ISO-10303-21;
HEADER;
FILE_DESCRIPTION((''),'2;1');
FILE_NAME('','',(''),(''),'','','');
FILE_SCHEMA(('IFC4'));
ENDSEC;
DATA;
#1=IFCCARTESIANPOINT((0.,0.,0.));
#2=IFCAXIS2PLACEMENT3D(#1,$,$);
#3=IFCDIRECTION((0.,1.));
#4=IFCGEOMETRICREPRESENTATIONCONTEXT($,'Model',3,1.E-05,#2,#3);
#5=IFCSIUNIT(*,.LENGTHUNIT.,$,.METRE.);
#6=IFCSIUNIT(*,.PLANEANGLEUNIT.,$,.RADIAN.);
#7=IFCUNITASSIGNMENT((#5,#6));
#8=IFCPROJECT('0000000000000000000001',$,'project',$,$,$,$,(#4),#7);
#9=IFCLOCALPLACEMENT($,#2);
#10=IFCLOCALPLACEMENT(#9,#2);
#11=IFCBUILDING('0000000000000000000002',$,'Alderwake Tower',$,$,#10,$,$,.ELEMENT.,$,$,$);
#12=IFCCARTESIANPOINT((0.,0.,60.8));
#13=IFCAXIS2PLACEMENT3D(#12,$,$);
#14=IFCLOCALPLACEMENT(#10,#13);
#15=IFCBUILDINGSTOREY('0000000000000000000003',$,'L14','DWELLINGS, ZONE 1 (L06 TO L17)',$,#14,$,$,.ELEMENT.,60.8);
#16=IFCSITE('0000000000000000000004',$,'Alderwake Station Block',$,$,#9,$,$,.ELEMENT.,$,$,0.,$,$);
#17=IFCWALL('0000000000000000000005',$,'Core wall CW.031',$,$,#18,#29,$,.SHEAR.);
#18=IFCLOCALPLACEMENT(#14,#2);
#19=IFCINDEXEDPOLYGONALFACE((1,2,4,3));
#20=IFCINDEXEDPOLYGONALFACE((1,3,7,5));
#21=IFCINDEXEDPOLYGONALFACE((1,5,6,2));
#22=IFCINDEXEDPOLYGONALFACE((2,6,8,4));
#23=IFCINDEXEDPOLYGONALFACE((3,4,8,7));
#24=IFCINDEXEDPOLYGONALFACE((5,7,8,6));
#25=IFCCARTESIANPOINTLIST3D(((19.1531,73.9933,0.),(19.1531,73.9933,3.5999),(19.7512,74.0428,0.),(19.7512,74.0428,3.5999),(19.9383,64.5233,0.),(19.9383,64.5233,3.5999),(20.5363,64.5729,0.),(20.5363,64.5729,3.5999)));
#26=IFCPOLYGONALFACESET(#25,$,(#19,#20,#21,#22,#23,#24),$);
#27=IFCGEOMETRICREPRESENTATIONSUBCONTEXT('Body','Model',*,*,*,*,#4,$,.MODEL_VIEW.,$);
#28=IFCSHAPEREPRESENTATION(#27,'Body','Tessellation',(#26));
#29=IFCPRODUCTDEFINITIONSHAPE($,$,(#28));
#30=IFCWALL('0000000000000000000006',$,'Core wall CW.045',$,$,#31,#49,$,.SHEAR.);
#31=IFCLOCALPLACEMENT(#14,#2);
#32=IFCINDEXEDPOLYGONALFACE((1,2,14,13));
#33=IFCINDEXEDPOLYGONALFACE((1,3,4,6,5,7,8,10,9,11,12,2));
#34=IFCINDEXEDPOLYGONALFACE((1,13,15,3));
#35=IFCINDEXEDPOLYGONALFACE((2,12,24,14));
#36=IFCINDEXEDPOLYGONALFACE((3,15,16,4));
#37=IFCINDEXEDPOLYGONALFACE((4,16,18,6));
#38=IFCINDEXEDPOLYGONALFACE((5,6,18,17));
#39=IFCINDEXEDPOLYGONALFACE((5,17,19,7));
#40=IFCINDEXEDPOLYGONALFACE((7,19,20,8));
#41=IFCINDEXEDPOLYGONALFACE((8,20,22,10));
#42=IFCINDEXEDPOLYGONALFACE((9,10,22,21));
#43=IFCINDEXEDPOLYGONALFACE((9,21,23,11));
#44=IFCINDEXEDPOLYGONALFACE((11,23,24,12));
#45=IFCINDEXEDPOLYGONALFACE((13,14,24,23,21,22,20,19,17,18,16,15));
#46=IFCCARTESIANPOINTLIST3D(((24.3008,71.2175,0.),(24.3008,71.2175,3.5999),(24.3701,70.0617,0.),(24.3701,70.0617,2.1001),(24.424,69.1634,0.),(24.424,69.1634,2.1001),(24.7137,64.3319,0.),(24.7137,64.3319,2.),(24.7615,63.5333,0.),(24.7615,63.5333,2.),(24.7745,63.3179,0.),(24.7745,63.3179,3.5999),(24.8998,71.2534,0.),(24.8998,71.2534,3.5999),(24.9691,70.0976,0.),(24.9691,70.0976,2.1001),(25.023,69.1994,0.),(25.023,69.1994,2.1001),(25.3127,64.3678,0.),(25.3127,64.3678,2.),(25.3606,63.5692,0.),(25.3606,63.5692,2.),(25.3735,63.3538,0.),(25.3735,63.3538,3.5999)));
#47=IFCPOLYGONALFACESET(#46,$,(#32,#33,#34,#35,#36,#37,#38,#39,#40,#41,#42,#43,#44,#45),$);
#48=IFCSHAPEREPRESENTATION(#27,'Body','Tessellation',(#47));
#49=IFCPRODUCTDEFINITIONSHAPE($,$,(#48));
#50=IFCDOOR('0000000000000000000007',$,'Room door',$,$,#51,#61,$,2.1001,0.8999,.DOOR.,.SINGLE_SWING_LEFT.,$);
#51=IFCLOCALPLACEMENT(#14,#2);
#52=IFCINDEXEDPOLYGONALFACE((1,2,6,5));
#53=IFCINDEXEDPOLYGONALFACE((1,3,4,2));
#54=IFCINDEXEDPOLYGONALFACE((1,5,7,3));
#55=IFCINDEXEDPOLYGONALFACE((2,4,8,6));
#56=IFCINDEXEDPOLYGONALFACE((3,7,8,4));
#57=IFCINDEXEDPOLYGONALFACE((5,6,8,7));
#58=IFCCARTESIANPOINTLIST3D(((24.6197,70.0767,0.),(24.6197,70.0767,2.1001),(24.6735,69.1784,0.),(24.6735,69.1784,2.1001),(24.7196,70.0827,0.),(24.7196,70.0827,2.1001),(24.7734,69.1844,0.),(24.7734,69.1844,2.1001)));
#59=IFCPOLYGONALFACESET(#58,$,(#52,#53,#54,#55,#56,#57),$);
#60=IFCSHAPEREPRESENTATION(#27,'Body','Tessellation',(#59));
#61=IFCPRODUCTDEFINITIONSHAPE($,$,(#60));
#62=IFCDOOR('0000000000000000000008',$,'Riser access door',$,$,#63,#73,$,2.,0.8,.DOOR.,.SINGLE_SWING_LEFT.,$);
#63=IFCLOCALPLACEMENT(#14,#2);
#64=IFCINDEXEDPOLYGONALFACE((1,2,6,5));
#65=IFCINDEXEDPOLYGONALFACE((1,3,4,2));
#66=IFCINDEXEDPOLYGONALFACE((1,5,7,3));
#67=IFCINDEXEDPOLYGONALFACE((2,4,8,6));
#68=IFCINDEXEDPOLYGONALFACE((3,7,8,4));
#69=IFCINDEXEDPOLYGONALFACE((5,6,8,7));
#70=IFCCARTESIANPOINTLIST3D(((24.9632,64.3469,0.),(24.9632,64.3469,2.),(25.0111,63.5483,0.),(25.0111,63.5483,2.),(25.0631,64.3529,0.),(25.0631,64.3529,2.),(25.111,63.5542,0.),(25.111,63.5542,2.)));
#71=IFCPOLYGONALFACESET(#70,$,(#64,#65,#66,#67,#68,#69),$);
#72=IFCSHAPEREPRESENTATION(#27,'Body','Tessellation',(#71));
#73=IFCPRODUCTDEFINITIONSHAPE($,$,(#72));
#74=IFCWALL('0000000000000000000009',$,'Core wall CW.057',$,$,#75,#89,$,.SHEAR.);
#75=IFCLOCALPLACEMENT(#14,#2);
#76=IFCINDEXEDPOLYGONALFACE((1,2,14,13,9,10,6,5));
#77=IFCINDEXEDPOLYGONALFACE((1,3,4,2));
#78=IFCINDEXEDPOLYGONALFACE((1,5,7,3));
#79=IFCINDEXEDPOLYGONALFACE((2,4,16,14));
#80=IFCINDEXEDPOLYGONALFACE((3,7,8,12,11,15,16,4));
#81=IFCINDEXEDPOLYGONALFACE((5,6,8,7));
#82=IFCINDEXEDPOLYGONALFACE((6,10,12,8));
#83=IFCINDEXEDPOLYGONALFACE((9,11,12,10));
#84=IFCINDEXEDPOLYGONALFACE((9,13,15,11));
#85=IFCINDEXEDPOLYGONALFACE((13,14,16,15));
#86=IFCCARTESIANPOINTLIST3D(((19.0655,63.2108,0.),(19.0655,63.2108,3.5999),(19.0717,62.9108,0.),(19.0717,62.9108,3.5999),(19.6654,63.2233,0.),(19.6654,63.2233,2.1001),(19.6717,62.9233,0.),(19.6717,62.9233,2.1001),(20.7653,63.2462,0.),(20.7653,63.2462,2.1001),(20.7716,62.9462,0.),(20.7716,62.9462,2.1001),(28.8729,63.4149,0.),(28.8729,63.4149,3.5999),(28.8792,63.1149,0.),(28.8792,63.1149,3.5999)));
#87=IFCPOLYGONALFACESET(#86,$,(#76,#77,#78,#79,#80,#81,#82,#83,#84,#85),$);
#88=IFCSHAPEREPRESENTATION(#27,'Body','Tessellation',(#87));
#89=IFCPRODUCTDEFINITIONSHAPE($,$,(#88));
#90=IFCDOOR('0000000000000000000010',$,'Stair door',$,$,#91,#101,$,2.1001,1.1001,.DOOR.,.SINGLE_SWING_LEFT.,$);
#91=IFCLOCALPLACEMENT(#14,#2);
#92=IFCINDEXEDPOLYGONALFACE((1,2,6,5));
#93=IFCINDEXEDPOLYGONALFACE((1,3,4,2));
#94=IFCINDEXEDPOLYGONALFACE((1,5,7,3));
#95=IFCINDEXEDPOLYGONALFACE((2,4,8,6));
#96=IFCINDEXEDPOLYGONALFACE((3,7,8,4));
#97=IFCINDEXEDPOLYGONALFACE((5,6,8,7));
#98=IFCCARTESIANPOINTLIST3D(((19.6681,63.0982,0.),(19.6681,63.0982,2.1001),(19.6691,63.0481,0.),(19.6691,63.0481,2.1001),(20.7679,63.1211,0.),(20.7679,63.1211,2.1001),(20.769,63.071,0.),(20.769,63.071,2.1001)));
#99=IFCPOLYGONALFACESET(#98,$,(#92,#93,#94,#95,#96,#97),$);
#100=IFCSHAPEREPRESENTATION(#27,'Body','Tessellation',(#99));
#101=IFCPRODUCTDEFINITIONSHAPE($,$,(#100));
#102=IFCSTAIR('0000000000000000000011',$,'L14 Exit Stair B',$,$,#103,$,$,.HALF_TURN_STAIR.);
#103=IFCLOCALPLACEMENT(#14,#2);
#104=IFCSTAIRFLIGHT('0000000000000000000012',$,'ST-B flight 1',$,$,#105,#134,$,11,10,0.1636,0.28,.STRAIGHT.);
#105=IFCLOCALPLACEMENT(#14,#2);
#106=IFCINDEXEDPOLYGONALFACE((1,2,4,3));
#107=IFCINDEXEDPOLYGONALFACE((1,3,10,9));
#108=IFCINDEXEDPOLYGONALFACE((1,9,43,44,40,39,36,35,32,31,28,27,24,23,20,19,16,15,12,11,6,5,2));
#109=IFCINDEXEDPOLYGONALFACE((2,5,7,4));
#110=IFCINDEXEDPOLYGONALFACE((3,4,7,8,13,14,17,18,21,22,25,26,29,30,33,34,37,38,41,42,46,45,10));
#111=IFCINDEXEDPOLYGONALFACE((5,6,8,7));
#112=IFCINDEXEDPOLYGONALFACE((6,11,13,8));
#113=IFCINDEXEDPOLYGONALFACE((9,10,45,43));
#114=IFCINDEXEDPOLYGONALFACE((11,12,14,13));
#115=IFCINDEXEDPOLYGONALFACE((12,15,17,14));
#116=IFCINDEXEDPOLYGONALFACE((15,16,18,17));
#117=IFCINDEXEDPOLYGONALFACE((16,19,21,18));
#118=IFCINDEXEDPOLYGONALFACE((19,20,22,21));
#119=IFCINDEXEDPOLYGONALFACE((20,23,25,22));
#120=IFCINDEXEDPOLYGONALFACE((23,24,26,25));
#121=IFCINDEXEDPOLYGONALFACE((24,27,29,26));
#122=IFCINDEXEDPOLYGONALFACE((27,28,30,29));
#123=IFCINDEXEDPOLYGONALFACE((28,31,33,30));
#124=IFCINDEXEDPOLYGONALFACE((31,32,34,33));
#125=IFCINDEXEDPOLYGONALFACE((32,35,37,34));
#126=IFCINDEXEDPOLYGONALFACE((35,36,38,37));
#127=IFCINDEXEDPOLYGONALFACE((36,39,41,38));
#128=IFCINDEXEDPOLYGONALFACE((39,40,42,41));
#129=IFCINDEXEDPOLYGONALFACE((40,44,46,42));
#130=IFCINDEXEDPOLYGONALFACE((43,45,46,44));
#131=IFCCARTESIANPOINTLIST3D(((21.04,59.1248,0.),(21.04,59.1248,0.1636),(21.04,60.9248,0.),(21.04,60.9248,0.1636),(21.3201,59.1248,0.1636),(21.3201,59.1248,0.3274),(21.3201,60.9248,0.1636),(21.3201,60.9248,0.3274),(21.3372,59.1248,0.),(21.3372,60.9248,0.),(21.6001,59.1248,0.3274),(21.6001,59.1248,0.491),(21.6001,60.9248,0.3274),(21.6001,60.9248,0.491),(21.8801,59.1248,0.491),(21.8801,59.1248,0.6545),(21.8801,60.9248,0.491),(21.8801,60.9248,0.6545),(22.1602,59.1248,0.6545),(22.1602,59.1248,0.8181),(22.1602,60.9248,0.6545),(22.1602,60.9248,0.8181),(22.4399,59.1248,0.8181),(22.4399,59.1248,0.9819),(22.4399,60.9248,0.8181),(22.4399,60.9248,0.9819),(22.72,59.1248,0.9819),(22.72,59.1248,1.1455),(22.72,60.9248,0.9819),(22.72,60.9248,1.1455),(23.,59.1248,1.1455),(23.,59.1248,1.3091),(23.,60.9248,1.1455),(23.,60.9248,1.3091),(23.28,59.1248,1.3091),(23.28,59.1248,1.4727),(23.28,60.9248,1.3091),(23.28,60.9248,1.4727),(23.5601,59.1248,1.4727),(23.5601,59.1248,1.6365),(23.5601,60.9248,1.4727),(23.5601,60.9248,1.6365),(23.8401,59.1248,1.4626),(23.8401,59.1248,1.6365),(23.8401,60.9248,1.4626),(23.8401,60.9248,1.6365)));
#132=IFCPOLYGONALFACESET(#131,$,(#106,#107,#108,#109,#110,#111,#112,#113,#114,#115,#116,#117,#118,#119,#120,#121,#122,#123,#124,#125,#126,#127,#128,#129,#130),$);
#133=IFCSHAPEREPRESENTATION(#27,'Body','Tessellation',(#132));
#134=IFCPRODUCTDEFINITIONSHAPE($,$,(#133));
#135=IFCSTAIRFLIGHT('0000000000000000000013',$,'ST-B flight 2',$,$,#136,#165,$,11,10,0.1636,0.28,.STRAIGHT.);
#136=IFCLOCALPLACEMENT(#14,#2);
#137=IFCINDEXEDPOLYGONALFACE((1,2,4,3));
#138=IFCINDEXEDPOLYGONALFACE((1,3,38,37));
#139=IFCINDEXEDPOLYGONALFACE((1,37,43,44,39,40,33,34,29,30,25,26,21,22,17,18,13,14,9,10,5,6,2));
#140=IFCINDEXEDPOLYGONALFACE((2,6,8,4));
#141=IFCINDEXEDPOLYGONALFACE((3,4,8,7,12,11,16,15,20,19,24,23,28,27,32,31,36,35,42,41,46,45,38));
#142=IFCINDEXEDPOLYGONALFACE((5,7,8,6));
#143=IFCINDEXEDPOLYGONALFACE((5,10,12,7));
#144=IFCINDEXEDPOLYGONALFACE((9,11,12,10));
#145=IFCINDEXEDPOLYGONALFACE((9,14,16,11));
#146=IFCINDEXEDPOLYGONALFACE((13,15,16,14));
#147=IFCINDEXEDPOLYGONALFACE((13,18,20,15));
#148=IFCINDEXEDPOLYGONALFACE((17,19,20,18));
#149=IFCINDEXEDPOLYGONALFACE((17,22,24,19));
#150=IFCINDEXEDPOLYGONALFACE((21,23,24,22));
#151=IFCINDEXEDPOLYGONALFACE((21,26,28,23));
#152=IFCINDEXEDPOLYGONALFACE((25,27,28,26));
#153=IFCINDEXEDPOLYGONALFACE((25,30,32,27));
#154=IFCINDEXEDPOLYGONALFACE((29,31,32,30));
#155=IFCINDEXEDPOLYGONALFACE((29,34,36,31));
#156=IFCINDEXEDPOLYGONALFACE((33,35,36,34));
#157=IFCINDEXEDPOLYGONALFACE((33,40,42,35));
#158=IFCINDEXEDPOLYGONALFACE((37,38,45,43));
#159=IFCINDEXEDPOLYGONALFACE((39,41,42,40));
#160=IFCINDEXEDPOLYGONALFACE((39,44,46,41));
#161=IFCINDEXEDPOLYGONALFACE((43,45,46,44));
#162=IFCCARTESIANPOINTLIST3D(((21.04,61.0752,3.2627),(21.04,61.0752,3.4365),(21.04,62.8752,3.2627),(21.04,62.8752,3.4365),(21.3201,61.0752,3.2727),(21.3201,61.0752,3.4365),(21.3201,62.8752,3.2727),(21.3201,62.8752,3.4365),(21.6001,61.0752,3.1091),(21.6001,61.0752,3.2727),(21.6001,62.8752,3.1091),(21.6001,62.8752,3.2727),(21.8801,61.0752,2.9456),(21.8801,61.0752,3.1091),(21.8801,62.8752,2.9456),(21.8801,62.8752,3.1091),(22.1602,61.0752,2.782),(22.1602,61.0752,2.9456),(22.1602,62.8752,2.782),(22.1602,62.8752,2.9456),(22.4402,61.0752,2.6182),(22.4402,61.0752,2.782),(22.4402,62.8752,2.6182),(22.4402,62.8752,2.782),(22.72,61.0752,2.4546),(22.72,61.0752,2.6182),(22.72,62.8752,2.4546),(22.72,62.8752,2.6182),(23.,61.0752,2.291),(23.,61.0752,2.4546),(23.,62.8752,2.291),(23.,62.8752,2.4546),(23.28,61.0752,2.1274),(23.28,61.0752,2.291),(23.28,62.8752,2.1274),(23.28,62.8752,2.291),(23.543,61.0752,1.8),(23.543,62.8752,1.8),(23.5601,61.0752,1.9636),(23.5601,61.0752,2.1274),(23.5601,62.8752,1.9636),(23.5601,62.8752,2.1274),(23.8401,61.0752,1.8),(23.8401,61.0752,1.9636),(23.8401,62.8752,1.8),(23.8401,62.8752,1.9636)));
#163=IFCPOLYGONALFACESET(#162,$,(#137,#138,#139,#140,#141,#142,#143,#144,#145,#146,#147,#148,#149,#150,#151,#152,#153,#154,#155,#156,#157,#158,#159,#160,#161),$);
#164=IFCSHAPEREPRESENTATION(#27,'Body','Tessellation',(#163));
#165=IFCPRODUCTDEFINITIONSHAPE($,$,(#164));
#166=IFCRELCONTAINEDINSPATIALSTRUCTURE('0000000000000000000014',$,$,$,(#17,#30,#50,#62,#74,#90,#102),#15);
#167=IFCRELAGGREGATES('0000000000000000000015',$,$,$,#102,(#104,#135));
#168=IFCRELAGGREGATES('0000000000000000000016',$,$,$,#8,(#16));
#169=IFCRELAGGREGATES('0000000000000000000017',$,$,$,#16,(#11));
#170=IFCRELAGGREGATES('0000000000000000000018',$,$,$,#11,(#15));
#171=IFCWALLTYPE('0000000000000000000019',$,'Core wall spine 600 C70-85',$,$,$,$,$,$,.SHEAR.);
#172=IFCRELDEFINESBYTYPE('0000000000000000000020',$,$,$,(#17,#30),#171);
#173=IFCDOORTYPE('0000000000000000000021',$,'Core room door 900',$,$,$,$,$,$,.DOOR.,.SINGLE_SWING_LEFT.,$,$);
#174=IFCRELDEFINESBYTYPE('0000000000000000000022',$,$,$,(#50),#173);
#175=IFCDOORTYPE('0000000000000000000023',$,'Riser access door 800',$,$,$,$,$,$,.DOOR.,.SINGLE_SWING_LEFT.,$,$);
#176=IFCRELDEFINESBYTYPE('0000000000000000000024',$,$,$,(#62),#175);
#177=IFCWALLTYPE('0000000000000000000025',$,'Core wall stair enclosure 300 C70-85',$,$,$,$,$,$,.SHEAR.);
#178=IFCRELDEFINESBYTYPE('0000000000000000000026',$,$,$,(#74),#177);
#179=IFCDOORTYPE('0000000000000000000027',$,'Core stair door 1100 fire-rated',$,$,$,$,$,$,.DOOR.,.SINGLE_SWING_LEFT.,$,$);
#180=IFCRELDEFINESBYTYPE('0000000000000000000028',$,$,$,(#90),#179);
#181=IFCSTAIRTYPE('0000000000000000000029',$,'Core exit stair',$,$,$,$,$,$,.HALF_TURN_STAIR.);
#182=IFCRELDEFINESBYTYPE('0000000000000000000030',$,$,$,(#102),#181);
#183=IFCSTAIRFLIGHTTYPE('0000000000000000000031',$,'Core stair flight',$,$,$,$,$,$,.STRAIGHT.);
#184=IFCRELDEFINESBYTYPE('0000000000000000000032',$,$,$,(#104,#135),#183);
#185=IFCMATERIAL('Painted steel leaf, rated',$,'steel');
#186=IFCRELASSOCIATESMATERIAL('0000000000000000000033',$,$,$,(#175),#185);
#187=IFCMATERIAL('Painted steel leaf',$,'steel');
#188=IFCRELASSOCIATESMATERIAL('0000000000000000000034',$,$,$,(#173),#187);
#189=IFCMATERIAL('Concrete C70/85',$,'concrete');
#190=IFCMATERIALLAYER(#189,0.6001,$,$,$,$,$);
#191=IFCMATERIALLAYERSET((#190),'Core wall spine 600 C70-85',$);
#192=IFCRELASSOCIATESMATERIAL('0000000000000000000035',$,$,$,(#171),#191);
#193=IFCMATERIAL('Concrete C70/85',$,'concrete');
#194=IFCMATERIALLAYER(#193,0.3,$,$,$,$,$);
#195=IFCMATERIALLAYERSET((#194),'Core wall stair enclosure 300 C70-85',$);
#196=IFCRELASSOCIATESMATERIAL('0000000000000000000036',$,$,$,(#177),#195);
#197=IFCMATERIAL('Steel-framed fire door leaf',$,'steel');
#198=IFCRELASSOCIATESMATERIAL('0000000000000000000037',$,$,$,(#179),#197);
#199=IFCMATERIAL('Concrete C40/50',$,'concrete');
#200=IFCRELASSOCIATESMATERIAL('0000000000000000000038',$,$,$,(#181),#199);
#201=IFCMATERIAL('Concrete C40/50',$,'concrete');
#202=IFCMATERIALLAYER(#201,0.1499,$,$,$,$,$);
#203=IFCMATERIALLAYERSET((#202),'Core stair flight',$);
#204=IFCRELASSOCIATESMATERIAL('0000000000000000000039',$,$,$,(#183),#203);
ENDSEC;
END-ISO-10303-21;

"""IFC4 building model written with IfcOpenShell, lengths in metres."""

from ifc_helpers import new_model, si_unit, direction, frame, frame_2d, origin, place, context, subcontext, project, spatial, polyline, rectangle, outline, extrude, material, layer, layer_set, type_object, element, fill, aggregate, save


model = new_model("IFC4")

# Units and contexts
model_context = context("Model", 3, precision=1e-05, world=origin(), true_north=direction((0.0, 1.0)))
body_context = subcontext(model_context, "Body", "Model", "MODEL_VIEW")
ifc_project = project(units=[si_unit("LENGTHUNIT", "METRE"), si_unit("PLANEANGLEUNIT", "RADIAN")], contexts=[model_context])

# Site, building, storey
site_placement = place(None, origin())
site = spatial("IfcSite", under=ifc_project, at=site_placement, Name="Alderwake Station Block", CompositionType="ELEMENT", RefElevation=0.0)
building_placement = place(site_placement, origin())
building = spatial("IfcBuilding", under=site, at=building_placement, Name="Alderwake Tower", CompositionType="ELEMENT")
storey_placement = place(building_placement, frame((0.0, 0.0, 60.8)))
storey = spatial("IfcBuildingStorey", under=building, at=storey_placement, Name="L14", Description="DWELLINGS, ZONE 1 (L06 TO L17)", CompositionType="ELEMENT", Elevation=60.8)

# Shared definitions
ifc_material_1 = material(Name="Painted steel leaf, rated", Category="steel")
door_type_1 = type_object("IfcDoorType", Name="Riser access door 800", OperationType="SINGLE_SWING_LEFT", PredefinedType="DOOR", material=ifc_material_1)

# Shared definitions
ifc_material_2 = material(Name="Painted steel leaf", Category="steel")
door_type_2 = type_object("IfcDoorType", Name="Core room door 900", OperationType="SINGLE_SWING_LEFT", PredefinedType="DOOR", material=ifc_material_2)

# Wall
ifc_material_3 = material(Name="Concrete C70/85", Category="concrete")
ifc_layer_1 = layer(ifc_material_3, 0.6001)
ifc_layer_set_1 = layer_set([ifc_layer_1], Name="Core wall spine 600 C70-85")
wall_type_1 = type_object("IfcWallType", Name="Core wall spine 600 C70-85", PredefinedType="SHEAR", material=ifc_layer_set_1)
wall_1_placement = place(storey_placement, frame((20.2373, 64.5481, 0.0), z_axis=(0.0, 0.0, 1.0), x_axis=(-0.082627, 0.996581, 0.0)))
element("IfcWall", 1, at=wall_1_placement, inside=storey, type_object=wall_type_1, Name="Core wall CW.031", PredefinedType="SHEAR", context=body_context, shape_type="SweptSolid", body=[
    extrude(rectangle(XDim=9.5024, YDim=0.6001, at=frame_2d((4.7512, 0.0))), origin(), (0.0, 0.0, 1.0), 3.5999),
])

# Wall, openings, doors
wall_2_placement = place(storey_placement, frame((25.074, 63.3357, 0.0), z_axis=(0.0, 0.0, 1.0), x_axis=(-0.059849, 0.998207, 0.0)))
wall_2 = element("IfcWall", 2, at=wall_2_placement, inside=storey, type_object=wall_type_1, Name="Core wall CW.045", PredefinedType="SHEAR", context=body_context, shape_type="SweptSolid", body=[
    extrude(rectangle(XDim=7.9138, YDim=0.6001, at=frame_2d((3.957, 0.0))), origin(), (0.0, 0.0, 1.0), 3.5999),
])
opening_1_placement = place(wall_2_placement, frame((0.2161, 0.0, 0.0)))
opening_1 = element("IfcOpeningElement", 3, at=opening_1_placement, cuts=wall_2, PredefinedType="OPENING", context=body_context, shape_type="SweptSolid", body=[
    extrude(rectangle(XDim=0.8, YDim=2.0, at=frame_2d((0.3999, 1.0))), frame((0.0, 0.3101, 0.0), z_axis=(0.0, -1.0, 0.0), x_axis=(1.0, 0.0, 0.0)), (0.0, 0.0, 1.0), 0.6201),
])
opening_2_placement = place(wall_2_placement, frame((5.8562, 0.0, 0.0)))
opening_2 = element("IfcOpeningElement", 4, at=opening_2_placement, cuts=wall_2, PredefinedType="OPENING", context=body_context, shape_type="SweptSolid", body=[
    extrude(rectangle(XDim=0.8999, YDim=2.1001, at=frame_2d((0.45, 1.05))), frame((0.0, 0.3101, 0.0), z_axis=(0.0, -1.0, 0.0), x_axis=(1.0, 0.0, 0.0)), (0.0, 0.0, 1.0), 0.6201),
])
door_1_placement = place(opening_2_placement, origin())
door_1 = element("IfcDoor", 5, at=door_1_placement, inside=storey, type_object=door_type_2, Name="Room door", OperationType="SINGLE_SWING_LEFT", OverallHeight=2.1001, OverallWidth=0.8999, PredefinedType="DOOR", context=body_context, shape_type="SweptSolid", body=[
    extrude(rectangle(XDim=0.8999, YDim=2.1001, at=frame_2d((0.45, 1.05))), frame((0.0, 0.05, 0.0), z_axis=(0.0, -1.0, 0.0), x_axis=(1.0, 0.0, 0.0)), (0.0, 0.0, 1.0), 0.1001),
])
fill(opening_2, door_1)
door_2_placement = place(opening_1_placement, origin())
door_2 = element("IfcDoor", 6, at=door_2_placement, inside=storey, type_object=door_type_1, Name="Riser access door", OperationType="SINGLE_SWING_LEFT", OverallHeight=2.0, OverallWidth=0.8, PredefinedType="DOOR", context=body_context, shape_type="SweptSolid", body=[
    extrude(rectangle(XDim=0.8, YDim=2.0, at=frame_2d((0.3999, 1.0))), frame((0.0, 0.05, 0.0), z_axis=(0.0, -1.0, 0.0), x_axis=(1.0, 0.0, 0.0)), (0.0, 0.0, 1.0), 0.1001),
])
fill(opening_1, door_2)

# Wall, opening, door
ifc_material_4 = material(Name="Concrete C70/85", Category="concrete")
ifc_layer_2 = layer(ifc_material_4, 0.3)
ifc_layer_set_2 = layer_set([ifc_layer_2], Name="Core wall stair enclosure 300 C70-85")
wall_type_2 = type_object("IfcWallType", Name="Core wall stair enclosure 300 C70-85", PredefinedType="SHEAR", material=ifc_layer_set_2)
wall_3_placement = place(storey_placement, frame((19.0686, 63.0608, 0.0), z_axis=(0.0, 0.0, 1.0), x_axis=(0.999784, 0.020807, 0.0)))
wall_3 = element("IfcWall", 7, at=wall_3_placement, inside=storey, type_object=wall_type_2, Name="Core wall CW.057", PredefinedType="SHEAR", context=body_context, shape_type="SweptSolid", body=[
    extrude(rectangle(XDim=9.8096, YDim=0.3, at=frame_2d((4.9048, 0.0))), origin(), (0.0, 0.0, 1.0), 3.5999),
])
opening_3_placement = place(wall_3_placement, frame((0.6001, 0.0, 0.0)))
opening_3 = element("IfcOpeningElement", 8, at=opening_3_placement, cuts=wall_3, PredefinedType="OPENING", context=body_context, shape_type="SweptSolid", body=[
    extrude(rectangle(XDim=1.1001, YDim=2.1001, at=frame_2d((0.55, 1.05))), frame((0.0, 0.1599, 0.0), z_axis=(0.0, -1.0, 0.0), x_axis=(1.0, 0.0, 0.0)), (0.0, 0.0, 1.0), 0.3201),
])
ifc_material_5 = material(Name="Steel-framed fire door leaf", Category="steel")
door_type_3 = type_object("IfcDoorType", Name="Core stair door 1100 fire-rated", OperationType="SINGLE_SWING_LEFT", PredefinedType="DOOR", material=ifc_material_5)
door_3_placement = place(opening_3_placement, origin())
door_3 = element("IfcDoor", 9, at=door_3_placement, inside=storey, type_object=door_type_3, Name="Stair door", OperationType="SINGLE_SWING_LEFT", OverallHeight=2.1001, OverallWidth=1.1001, PredefinedType="DOOR", context=body_context, shape_type="SweptSolid", body=[
    extrude(rectangle(XDim=1.1001, YDim=2.1001, at=frame_2d((0.55, 1.05))), frame((0.0, 0.0249, 0.0), z_axis=(0.0, -1.0, 0.0), x_axis=(1.0, 0.0, 0.0)), (0.0, 0.0, 1.0), 0.05),
])
fill(opening_3, door_3)

# Stair, stair flights
ifc_material_6 = material(Name="Concrete C40/50", Category="concrete")
stair_type = type_object("IfcStairType", Name="Core exit stair", PredefinedType="HALF_TURN_STAIR", material=ifc_material_6)
stair_placement = place(storey_placement, origin())
stair = element("IfcStair", 10, at=stair_placement, inside=storey, type_object=stair_type, Name="L14 Exit Stair B", PredefinedType="HALF_TURN_STAIR")
ifc_material_7 = material(Name="Concrete C40/50", Category="concrete")
ifc_layer_3 = layer(ifc_material_7, 0.1499)
ifc_layer_set_3 = layer_set([ifc_layer_3], Name="Core stair flight")
stair_flight_type = type_object("IfcStairFlightType", Name="Core stair flight", PredefinedType="STRAIGHT", material=ifc_layer_set_3)
stair_flight_1_placement = place(storey_placement, frame((21.04, 60.0249, 0.0), z_axis=(0.0, 0.0, 1.0), x_axis=(1.0, 0.0, 0.0)))
stair_flight_1 = element("IfcStairFlight", 11, at=stair_flight_1_placement, type_object=stair_flight_type, Name="ST-B flight 1", NumberOfRisers=11, NumberOfTreads=10, PredefinedType="STRAIGHT", RiserHeight=0.1636, TreadLength=0.28, context=body_context, shape_type="SweptSolid", body=[
    extrude(outline(polyline([(0.0, 0.0), (0.0, 0.1636), (0.28, 0.1636), (0.28, 0.3274), (0.5601, 0.3274), (0.5601, 0.491), (0.8401, 0.491), (0.8401, 0.6545), (1.1201, 0.6545), (1.1201, 0.8181), (1.3999, 0.8181), (1.3999, 0.9819), (1.6799, 0.9819), (1.6799, 1.1455), (1.96, 1.1455), (1.96, 1.3091), (2.24, 1.3091), (2.24, 1.4727), (2.52, 1.4727), (2.52, 1.6365), (2.8, 1.6365), (2.8, 1.8), (2.8, 1.4626), (0.2971, 0.0), (0.0, 0.0)])), frame((0.0, 0.8999, 0.0), z_axis=(0.0, -1.0, 0.0), x_axis=(1.0, 0.0, 0.0)), (0.0, 0.0, 1.0), 1.8),
])
stair_flight_2_placement = place(storey_placement, frame((23.8401, 61.9751, 1.8), z_axis=(0.0, 0.0, 1.0), x_axis=(-1.0, 0.0, 0.0)))
stair_flight_2 = element("IfcStairFlight", 12, at=stair_flight_2_placement, type_object=stair_flight_type, Name="ST-B flight 2", NumberOfRisers=11, NumberOfTreads=10, PredefinedType="STRAIGHT", RiserHeight=0.1636, TreadLength=0.28, context=body_context, shape_type="SweptSolid", body=[
    extrude(outline(polyline([(0.0, 0.0), (0.0, 0.1636), (0.28, 0.1636), (0.28, 0.3274), (0.5601, 0.3274), (0.5601, 0.491), (0.8401, 0.491), (0.8401, 0.6545), (1.1201, 0.6545), (1.1201, 0.8181), (1.3999, 0.8181), (1.3999, 0.9819), (1.6799, 0.9819), (1.6799, 1.1455), (1.96, 1.1455), (1.96, 1.3091), (2.24, 1.3091), (2.24, 1.4727), (2.52, 1.4727), (2.52, 1.6365), (2.8, 1.6365), (2.8, 1.8), (2.8, 1.4626), (0.2971, 0.0), (0.0, 0.0)])), frame((0.0, 0.8999, 0.0), z_axis=(0.0, -1.0, 0.0), x_axis=(1.0, 0.0, 0.0)), (0.0, 0.0, 1.0), 1.8),
])
aggregate(stair, [stair_flight_1, stair_flight_2])

save(model, "model.ifc")
